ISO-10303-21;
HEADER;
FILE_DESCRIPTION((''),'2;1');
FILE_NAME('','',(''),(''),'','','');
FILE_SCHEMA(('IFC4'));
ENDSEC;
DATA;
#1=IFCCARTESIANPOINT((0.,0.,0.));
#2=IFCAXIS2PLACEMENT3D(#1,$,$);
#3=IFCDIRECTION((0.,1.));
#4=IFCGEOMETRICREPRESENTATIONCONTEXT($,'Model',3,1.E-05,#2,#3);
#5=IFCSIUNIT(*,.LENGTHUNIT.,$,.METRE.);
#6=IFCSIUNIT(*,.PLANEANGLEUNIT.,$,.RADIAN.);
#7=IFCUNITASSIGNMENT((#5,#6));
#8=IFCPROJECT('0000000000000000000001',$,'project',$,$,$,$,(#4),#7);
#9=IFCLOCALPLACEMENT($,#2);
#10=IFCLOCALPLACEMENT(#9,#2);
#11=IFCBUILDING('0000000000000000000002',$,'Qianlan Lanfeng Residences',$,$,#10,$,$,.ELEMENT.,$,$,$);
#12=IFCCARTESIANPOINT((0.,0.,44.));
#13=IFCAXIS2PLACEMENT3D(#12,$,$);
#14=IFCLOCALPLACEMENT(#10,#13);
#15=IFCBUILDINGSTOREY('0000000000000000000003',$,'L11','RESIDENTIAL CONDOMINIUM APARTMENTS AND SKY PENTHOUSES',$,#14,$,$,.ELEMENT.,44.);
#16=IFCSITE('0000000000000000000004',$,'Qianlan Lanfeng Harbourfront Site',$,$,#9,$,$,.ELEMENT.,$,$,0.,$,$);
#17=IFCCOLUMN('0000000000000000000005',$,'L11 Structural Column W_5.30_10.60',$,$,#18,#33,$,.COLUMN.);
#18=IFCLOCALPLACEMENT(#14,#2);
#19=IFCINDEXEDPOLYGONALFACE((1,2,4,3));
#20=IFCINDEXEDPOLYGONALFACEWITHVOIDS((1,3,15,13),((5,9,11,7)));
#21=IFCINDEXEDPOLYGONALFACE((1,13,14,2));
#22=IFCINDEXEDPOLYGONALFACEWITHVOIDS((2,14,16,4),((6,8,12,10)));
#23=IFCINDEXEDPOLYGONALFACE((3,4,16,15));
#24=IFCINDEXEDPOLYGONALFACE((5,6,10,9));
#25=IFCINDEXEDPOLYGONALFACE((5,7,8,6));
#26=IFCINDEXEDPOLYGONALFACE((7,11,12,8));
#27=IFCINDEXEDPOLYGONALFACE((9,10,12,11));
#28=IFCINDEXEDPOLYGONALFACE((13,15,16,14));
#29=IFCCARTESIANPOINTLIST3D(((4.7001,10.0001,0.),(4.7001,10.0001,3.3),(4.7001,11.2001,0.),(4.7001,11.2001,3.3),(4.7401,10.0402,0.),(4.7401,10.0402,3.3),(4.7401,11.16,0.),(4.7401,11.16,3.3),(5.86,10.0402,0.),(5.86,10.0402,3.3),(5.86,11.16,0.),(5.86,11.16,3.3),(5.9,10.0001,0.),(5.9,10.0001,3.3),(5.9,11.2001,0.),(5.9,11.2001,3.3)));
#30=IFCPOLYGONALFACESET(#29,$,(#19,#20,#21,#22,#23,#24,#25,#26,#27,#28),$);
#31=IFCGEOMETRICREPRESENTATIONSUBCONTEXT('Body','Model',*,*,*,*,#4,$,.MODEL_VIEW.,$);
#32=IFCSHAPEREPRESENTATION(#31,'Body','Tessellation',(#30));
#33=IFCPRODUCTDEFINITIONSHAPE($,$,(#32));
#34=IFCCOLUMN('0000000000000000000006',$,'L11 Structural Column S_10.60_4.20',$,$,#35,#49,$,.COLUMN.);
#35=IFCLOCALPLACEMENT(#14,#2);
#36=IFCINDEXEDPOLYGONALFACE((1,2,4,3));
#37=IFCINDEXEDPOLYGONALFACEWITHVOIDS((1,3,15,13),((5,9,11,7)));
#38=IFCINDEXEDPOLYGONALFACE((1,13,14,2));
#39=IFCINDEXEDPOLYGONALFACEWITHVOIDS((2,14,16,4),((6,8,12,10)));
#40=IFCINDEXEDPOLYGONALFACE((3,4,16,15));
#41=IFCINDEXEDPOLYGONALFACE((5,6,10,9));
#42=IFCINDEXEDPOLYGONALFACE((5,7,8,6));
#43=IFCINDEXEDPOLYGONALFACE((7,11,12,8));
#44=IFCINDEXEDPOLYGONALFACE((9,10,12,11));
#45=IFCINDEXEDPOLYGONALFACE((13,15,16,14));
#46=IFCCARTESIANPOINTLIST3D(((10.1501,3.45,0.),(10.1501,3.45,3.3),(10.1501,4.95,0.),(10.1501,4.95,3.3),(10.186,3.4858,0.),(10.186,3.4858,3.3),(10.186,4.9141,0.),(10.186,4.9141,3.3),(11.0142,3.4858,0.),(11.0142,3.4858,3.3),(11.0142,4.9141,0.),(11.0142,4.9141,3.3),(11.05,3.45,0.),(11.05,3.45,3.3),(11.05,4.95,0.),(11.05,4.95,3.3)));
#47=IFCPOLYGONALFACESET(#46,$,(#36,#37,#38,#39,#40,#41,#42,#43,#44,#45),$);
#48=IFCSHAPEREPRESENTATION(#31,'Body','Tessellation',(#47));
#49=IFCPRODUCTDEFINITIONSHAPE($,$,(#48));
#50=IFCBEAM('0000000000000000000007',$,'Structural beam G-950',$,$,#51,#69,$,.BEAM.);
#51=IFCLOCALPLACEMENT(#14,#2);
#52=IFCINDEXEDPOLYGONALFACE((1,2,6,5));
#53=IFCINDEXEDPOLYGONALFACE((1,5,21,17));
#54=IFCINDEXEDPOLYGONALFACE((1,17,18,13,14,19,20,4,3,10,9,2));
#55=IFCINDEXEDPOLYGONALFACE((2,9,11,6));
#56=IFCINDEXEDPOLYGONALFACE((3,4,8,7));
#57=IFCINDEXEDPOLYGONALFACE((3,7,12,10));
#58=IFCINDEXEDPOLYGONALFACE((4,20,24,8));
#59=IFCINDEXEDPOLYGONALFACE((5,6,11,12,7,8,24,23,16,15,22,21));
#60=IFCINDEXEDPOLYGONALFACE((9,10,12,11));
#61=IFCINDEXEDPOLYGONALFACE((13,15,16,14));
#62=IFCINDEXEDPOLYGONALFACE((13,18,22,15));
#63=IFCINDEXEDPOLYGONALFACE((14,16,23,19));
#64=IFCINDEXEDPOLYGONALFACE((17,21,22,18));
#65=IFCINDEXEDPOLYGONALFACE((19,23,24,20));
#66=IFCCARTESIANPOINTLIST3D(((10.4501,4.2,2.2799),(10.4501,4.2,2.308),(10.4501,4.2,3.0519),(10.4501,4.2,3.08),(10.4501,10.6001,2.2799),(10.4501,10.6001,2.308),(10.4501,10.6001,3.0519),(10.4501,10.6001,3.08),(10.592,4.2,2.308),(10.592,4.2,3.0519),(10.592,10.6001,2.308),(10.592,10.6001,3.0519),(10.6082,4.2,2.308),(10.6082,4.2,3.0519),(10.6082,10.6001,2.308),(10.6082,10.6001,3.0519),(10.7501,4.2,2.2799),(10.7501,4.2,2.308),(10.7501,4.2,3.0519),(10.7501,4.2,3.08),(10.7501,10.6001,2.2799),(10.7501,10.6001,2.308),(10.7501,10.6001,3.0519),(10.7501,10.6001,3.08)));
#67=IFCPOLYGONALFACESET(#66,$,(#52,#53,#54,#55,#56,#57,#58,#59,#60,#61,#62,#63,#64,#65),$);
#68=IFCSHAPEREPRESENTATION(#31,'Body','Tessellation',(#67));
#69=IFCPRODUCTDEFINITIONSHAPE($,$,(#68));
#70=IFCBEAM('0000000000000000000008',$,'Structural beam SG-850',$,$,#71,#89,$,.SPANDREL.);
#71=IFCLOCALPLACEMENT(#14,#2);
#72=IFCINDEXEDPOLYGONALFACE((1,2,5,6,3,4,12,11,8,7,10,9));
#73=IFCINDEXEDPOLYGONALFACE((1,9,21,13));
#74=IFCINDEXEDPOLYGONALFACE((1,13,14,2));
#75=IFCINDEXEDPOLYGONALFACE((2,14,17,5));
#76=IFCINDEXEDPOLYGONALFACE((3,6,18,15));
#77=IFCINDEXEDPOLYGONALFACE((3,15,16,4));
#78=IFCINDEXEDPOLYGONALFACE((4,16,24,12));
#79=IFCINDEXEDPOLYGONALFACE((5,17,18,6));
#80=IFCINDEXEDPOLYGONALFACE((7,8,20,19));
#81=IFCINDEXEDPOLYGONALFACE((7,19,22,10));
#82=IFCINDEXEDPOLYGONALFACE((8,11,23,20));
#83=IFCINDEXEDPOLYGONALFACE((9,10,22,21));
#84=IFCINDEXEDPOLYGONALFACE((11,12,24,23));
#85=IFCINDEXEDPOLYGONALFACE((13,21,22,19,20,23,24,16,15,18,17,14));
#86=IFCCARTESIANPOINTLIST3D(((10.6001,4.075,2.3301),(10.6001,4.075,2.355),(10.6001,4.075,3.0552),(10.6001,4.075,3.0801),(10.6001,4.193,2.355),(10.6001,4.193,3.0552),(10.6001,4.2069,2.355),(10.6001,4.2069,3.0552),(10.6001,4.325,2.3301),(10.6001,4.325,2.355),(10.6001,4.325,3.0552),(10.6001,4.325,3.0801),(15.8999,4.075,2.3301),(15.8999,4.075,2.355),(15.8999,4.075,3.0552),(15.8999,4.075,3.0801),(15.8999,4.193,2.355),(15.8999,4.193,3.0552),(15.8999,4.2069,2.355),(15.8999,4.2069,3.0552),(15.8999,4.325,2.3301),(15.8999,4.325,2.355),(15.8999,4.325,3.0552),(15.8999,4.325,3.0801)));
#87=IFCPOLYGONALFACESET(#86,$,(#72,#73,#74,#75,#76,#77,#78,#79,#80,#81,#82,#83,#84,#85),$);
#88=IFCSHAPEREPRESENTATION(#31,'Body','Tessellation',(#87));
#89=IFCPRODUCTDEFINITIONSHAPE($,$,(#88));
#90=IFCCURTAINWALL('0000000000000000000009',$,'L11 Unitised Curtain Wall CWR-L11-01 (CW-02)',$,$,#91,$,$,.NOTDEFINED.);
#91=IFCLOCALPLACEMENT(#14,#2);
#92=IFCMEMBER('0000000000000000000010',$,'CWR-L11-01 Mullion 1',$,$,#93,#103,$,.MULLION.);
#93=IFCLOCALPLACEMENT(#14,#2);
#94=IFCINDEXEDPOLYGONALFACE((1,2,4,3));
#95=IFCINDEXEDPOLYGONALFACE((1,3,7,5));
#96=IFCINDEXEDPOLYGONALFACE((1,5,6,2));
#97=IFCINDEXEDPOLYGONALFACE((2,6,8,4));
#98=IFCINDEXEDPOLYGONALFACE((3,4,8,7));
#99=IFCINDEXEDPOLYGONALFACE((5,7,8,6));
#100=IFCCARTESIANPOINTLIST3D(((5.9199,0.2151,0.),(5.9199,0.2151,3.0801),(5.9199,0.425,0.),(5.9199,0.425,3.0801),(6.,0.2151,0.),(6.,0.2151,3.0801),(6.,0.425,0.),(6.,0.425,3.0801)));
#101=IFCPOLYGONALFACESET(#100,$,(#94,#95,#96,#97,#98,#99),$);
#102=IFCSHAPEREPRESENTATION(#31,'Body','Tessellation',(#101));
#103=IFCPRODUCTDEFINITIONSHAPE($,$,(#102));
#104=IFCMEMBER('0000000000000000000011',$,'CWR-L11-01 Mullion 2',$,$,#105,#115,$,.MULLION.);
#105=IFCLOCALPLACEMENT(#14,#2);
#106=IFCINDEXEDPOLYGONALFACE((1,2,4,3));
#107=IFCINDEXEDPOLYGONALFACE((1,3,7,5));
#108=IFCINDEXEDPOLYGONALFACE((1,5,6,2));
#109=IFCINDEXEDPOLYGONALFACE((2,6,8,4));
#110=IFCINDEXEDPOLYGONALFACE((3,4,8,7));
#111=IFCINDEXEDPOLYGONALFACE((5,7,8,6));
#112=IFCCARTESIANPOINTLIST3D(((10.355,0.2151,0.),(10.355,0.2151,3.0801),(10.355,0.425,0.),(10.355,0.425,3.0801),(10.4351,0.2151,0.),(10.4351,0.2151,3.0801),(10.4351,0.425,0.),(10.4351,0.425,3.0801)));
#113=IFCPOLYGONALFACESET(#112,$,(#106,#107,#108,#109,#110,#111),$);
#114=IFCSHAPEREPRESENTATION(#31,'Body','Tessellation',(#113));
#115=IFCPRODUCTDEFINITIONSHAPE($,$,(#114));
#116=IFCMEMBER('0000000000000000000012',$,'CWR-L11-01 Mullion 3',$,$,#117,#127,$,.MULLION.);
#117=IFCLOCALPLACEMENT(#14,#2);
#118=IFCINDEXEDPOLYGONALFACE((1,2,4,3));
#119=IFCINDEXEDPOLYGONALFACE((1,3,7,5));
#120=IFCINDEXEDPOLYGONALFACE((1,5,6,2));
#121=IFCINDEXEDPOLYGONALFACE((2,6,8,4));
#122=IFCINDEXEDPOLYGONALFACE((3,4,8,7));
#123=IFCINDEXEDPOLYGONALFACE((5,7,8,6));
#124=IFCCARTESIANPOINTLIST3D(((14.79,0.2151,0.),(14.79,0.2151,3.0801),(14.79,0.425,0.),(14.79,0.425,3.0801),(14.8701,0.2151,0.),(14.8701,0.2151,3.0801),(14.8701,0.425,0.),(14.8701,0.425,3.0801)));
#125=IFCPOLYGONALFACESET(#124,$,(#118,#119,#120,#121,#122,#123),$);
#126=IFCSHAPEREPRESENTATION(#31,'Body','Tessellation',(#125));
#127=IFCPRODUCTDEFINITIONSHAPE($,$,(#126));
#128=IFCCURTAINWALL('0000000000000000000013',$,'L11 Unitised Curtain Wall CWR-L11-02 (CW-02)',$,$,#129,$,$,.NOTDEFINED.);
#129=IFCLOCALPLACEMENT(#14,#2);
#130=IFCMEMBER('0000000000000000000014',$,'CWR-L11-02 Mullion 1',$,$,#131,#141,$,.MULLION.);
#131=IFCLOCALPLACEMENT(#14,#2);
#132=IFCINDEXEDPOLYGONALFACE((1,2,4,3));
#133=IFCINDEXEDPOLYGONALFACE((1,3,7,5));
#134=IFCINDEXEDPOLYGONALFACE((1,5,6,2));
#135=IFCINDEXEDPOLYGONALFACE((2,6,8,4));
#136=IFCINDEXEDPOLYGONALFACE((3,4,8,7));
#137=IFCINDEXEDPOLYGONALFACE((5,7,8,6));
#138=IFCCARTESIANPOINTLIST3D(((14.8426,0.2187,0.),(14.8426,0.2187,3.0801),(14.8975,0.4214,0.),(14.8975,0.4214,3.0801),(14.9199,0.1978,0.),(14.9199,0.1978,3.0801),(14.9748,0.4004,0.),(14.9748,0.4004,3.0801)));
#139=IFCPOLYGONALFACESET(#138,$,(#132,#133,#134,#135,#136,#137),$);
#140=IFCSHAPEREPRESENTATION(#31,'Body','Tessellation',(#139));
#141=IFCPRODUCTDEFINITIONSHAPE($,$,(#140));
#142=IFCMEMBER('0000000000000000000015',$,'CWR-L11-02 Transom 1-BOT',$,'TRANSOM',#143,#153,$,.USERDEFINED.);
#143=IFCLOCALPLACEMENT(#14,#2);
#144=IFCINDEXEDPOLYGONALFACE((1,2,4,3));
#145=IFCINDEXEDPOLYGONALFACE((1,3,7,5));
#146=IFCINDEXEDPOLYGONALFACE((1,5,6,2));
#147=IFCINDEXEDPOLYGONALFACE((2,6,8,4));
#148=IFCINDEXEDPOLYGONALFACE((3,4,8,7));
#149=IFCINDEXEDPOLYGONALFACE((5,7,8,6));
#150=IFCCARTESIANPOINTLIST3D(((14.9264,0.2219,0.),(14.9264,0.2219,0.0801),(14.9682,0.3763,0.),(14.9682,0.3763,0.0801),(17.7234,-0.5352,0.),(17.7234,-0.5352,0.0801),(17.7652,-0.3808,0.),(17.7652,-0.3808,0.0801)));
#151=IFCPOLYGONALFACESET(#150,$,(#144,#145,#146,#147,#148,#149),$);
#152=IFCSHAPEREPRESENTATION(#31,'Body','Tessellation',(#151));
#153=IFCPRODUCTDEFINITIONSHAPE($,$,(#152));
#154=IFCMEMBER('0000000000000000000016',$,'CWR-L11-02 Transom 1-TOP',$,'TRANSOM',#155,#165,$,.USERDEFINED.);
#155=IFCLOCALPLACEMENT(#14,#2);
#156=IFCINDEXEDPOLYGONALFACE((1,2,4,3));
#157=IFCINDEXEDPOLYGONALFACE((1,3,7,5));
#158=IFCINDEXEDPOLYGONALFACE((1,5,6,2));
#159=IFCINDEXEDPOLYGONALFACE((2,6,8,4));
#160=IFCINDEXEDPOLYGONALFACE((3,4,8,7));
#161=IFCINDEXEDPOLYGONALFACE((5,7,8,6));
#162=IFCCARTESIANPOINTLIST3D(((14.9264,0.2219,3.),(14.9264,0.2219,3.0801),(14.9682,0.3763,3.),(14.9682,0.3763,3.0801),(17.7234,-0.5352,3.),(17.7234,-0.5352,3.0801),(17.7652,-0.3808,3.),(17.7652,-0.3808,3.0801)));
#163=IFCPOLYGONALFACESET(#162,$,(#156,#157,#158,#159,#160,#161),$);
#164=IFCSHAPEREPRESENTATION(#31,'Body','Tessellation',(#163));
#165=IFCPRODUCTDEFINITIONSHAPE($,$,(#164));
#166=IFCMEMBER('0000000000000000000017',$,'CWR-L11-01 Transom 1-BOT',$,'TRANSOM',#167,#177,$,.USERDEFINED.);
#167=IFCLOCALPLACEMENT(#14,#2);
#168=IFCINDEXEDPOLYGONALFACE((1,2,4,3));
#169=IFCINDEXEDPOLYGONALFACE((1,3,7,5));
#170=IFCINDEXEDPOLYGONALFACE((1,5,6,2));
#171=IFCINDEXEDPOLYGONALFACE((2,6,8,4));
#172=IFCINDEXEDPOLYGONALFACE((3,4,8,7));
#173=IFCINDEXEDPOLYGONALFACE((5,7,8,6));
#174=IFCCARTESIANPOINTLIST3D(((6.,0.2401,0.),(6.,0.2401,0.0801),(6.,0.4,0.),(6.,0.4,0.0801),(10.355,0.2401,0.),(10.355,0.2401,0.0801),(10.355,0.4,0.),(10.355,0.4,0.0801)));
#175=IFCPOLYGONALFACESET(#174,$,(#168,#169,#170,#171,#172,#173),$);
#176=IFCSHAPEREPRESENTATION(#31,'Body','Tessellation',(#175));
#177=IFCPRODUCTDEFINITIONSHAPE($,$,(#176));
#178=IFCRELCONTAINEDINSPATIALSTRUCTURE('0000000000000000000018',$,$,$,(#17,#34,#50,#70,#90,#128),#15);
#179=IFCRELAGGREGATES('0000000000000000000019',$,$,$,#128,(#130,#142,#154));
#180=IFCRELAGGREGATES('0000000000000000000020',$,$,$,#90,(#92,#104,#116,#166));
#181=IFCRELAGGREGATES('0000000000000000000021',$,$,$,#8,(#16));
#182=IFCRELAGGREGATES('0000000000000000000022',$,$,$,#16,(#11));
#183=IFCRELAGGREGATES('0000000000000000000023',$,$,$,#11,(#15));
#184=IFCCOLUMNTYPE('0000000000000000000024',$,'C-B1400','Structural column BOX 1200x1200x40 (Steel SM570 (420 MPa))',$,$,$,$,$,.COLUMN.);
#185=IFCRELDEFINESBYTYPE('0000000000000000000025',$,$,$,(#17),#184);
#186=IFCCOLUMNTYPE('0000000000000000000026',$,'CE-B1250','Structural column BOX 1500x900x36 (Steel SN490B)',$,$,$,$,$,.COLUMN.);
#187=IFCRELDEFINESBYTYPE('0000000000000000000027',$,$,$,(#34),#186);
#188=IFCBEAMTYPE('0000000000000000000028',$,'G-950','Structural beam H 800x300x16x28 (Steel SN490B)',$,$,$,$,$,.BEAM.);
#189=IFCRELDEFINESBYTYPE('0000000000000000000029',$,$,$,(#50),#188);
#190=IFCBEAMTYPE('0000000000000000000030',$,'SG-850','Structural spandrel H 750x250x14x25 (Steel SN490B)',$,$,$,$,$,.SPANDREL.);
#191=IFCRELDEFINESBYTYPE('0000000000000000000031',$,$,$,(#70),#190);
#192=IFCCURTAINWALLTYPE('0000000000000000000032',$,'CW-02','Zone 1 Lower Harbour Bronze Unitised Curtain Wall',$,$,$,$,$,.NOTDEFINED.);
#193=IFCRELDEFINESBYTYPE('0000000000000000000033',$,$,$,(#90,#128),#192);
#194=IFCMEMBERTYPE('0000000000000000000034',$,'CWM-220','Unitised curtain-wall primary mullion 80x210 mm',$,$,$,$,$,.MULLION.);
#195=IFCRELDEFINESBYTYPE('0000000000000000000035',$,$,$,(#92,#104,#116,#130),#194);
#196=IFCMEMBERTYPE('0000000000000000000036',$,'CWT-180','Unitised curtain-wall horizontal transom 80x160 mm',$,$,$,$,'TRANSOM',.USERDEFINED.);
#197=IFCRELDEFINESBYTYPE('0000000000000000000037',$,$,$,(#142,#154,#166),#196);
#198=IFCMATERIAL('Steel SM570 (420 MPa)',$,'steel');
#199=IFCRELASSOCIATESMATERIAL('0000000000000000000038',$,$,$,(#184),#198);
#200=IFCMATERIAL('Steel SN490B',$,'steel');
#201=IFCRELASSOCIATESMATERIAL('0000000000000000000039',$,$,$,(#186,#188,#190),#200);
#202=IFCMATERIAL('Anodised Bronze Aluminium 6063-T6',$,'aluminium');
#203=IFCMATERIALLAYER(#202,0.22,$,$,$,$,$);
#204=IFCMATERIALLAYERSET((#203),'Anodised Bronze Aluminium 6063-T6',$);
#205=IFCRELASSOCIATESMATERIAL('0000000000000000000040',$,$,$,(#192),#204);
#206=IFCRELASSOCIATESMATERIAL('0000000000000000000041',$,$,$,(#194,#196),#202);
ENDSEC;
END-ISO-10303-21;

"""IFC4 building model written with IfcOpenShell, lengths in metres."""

from ifc_helpers import new_model, si_unit, direction, frame, origin, origin_2d, place, context, subcontext, project, spatial, rectangle, hollow_rectangle, i_section, extrude, source, transform, mapped, material, layer, layer_set, material_profile, profile_set, type_object, element, aggregate, save


model = new_model("IFC4")

# Units and contexts
model_context = context("Model", 3, precision=1e-05, world=origin(), true_north=direction((0.0, 1.0)))
body_context = subcontext(model_context, "Body", "Model", "MODEL_VIEW")
ifc_project = project(units=[si_unit("LENGTHUNIT", "METRE"), si_unit("PLANEANGLEUNIT", "RADIAN")], contexts=[model_context])

# Site, building, storey
site_placement = place(None, origin())
site = spatial("IfcSite", under=ifc_project, at=site_placement, Name="Qianlan Lanfeng Harbourfront Site", CompositionType="ELEMENT", RefElevation=0.0)
building_placement = place(site_placement, origin())
building = spatial("IfcBuilding", under=site, at=building_placement, Name="Qianlan Lanfeng Residences", CompositionType="ELEMENT")
storey_placement = place(building_placement, frame((0.0, 0.0, 44.0)))
storey = spatial("IfcBuildingStorey", under=building, at=storey_placement, Name="L11", Description="RESIDENTIAL CONDOMINIUM APARTMENTS AND SKY PENTHOUSES", CompositionType="ELEMENT", Elevation=44.0)

# Columns
ifc_material_1 = material(Name="Steel SM570 (420 MPa)", Category="steel")
ifc_material_profile_1 = material_profile(ifc_material_1, hollow_rectangle(XDim=1.2, YDim=1.2, WallThickness=0.04, at=origin_2d()), Name="BOX 1200x1200x40")
ifc_profile_set_1 = profile_set([ifc_material_profile_1], Name="Steel SM570 (420 MPa)")
column_type_1 = type_object("IfcColumnType", Name="C-B1400", Description="Structural column BOX 1200x1200x40 (Steel SM570 (420 MPa))", PredefinedType="COLUMN", material=ifc_profile_set_1)
column_1_placement = place(storey_placement, frame((5.3, 10.6001, 0.0), z_axis=(0.0, 0.0, 1.0), x_axis=(1.0, 0.0, 0.0)))
element("IfcColumn", 1, at=column_1_placement, inside=storey, type_object=column_type_1, Name="L11 Structural Column W_5.30_10.60", PredefinedType="COLUMN", context=body_context, shape_type="SweptSolid", body=[
    extrude(hollow_rectangle(XDim=1.2, YDim=1.2, WallThickness=0.04, at=origin_2d()), origin(), (0.0, 0.0, 1.0), 3.3),
])
ifc_material_2 = material(Name="Steel SN490B", Category="steel")
ifc_material_profile_2 = material_profile(ifc_material_2, hollow_rectangle(XDim=0.8999, YDim=1.5, WallThickness=0.0359, at=origin_2d()), Name="BOX 1500x900x36")
ifc_profile_set_2 = profile_set([ifc_material_profile_2], Name="Steel SN490B")
column_type_2 = type_object("IfcColumnType", Name="CE-B1250", Description="Structural column BOX 1500x900x36 (Steel SN490B)", PredefinedType="COLUMN", material=ifc_profile_set_2)
column_2_placement = place(storey_placement, frame((10.6001, 4.2, 0.0), z_axis=(0.0, 0.0, 1.0), x_axis=(1.0, 0.0, 0.0)))
element("IfcColumn", 2, at=column_2_placement, inside=storey, type_object=column_type_2, Name="L11 Structural Column S_10.60_4.20", PredefinedType="COLUMN", context=body_context, shape_type="SweptSolid", body=[
    extrude(hollow_rectangle(XDim=0.8999, YDim=1.5, WallThickness=0.0359, at=origin_2d()), origin(), (0.0, 0.0, 1.0), 3.3),
])

# Beams
ifc_material_profile_3 = material_profile(ifc_material_2, i_section(OverallWidth=0.3, OverallDepth=0.8, WebThickness=0.0161, FlangeThickness=0.0281, at=origin_2d()), Name="H 800x300x16x28")
ifc_profile_set_3 = profile_set([ifc_material_profile_3], Name="Steel SN490B")
beam_type_1 = type_object("IfcBeamType", Name="G-950", Description="Structural beam H 800x300x16x28 (Steel SN490B)", PredefinedType="BEAM", material=ifc_profile_set_3)
beam_1_placement = place(storey_placement, frame((10.6001, 4.2, 2.6799), z_axis=(0.0, 1.0, 0.0), x_axis=(-1.0, 0.0, 0.0)))
element("IfcBeam", 3, at=beam_1_placement, inside=storey, type_object=beam_type_1, Name="Structural beam G-950", PredefinedType="BEAM", context=body_context, shape_type="SweptSolid", body=[
    extrude(i_section(OverallWidth=0.3, OverallDepth=0.8, WebThickness=0.0161, FlangeThickness=0.0281, at=origin_2d()), origin(), (0.0, 0.0, 1.0), 6.4001),
])
ifc_material_profile_4 = material_profile(ifc_material_2, i_section(OverallWidth=0.25, OverallDepth=0.75, WebThickness=0.0139, FlangeThickness=0.0249, at=origin_2d()), Name="H 750x250x14x25")
ifc_profile_set_4 = profile_set([ifc_material_profile_4], Name="Steel SN490B")
beam_type_2 = type_object("IfcBeamType", Name="SG-850", Description="Structural spandrel H 750x250x14x25 (Steel SN490B)", PredefinedType="SPANDREL", material=ifc_profile_set_4)
beam_2_placement = place(storey_placement, frame((10.6001, 4.2, 2.7051), z_axis=(1.0, 0.0, 0.0), x_axis=(0.0, 1.0, 0.0)))
element("IfcBeam", 4, at=beam_2_placement, inside=storey, type_object=beam_type_2, Name="Structural beam SG-850", PredefinedType="SPANDREL", context=body_context, shape_type="SweptSolid", body=[
    extrude(i_section(OverallWidth=0.25, OverallDepth=0.75, WebThickness=0.0139, FlangeThickness=0.0249, at=origin_2d()), origin(), (0.0, 0.0, 1.0), 5.2998),
])

# Curtain walls, members
ifc_material_3 = material(Name="Anodised Bronze Aluminium 6063-T6", Category="aluminium")
ifc_layer_1 = layer(ifc_material_3, 0.22)
ifc_layer_set_1 = layer_set([ifc_layer_1], Name="Anodised Bronze Aluminium 6063-T6")
curtain_wall_type = type_object("IfcCurtainWallType", Name="CW-02", Description="Zone 1 Lower Harbour Bronze Unitised Curtain Wall", PredefinedType="NOTDEFINED", material=ifc_layer_set_1)
curtain_wall_1_placement = place(storey_placement, origin())
curtain_wall_1 = element("IfcCurtainWall", 5, at=curtain_wall_1_placement, inside=storey, type_object=curtain_wall_type, Name="L11 Unitised Curtain Wall CWR-L11-01 (CW-02)", PredefinedType="NOTDEFINED")
ifc_material_profile_5 = material_profile(ifc_material_3, rectangle(XDim=0.0801, YDim=0.21, at=origin_2d()), Name="ALU MULLION 80x210")
ifc_profile_set_5 = profile_set([ifc_material_profile_5], Name="Anodised Bronze Aluminium 6063-T6")
member_type_1 = type_object("IfcMemberType", Name="CWM-220", Description="Unitised curtain-wall primary mullion 80x210 mm", PredefinedType="MULLION", material=ifc_profile_set_5)
shared_shape_1 = source(origin(), body_context, "Body", "SweptSolid", [
    extrude(rectangle(XDim=0.0801, YDim=0.21, at=origin_2d()), origin(), (0.0, 0.0, 1.0), 3.0801),
])
member_1_placement = place(storey_placement, frame((5.96, 0.3201, 0.0), z_axis=(0.0, 0.0, 1.0), x_axis=(1.0, 0.0, 0.0)))
member_1 = element("IfcMember", 6, at=member_1_placement, type_object=member_type_1, Name="CWR-L11-01 Mullion 1", PredefinedType="MULLION", context=body_context, shape_type="MappedRepresentation", body=[
    mapped(shared_shape_1, transform((0.0, 0.0, 0.0), scale=1.0)),
])
member_2_placement = place(storey_placement, frame((10.395, 0.3201, 0.0), z_axis=(0.0, 0.0, 1.0), x_axis=(1.0, 0.0, 0.0)))
member_2 = element("IfcMember", 7, at=member_2_placement, type_object=member_type_1, Name="CWR-L11-01 Mullion 2", PredefinedType="MULLION", context=body_context, shape_type="MappedRepresentation", body=[
    mapped(shared_shape_1, transform((0.0, 0.0, 0.0), scale=1.0)),
])
member_3_placement = place(storey_placement, frame((14.8301, 0.3201, 0.0), z_axis=(0.0, 0.0, 1.0), x_axis=(1.0, 0.0, 0.0)))
member_3 = element("IfcMember", 8, at=member_3_placement, type_object=member_type_1, Name="CWR-L11-01 Mullion 3", PredefinedType="MULLION", context=body_context, shape_type="MappedRepresentation", body=[
    mapped(shared_shape_1, transform((0.0, 0.0, 0.0), scale=1.0)),
])
curtain_wall_2_placement = place(storey_placement, origin())
curtain_wall_2 = element("IfcCurtainWall", 9, at=curtain_wall_2_placement, inside=storey, type_object=curtain_wall_type, Name="L11 Unitised Curtain Wall CWR-L11-02 (CW-02)", PredefinedType="NOTDEFINED")
member_4_placement = place(storey_placement, frame((14.9087, 0.3096, 0.0), z_axis=(0.0, 0.0, 1.0), x_axis=(0.965263, -0.261281, 0.0)))
member_4 = element("IfcMember", 10, at=member_4_placement, type_object=member_type_1, Name="CWR-L11-02 Mullion 1", PredefinedType="MULLION", context=body_context, shape_type="MappedRepresentation", body=[
    mapped(shared_shape_1, transform((0.0, 0.0, 0.0), scale=1.0)),
])
ifc_material_profile_6 = material_profile(ifc_material_3, rectangle(XDim=0.0801, YDim=0.1599, at=origin_2d()), Name="ALU TRANSOM 80x160")
ifc_profile_set_6 = profile_set([ifc_material_profile_6], Name="Anodised Bronze Aluminium 6063-T6")
member_type_2 = type_object("IfcMemberType", Name="CWT-180", Description="Unitised curtain-wall horizontal transom 80x160 mm", ElementType="TRANSOM", PredefinedType="USERDEFINED", material=ifc_profile_set_6)
shared_shape_2 = source(origin(), body_context, "Body", "SweptSolid", [
    extrude(rectangle(XDim=0.0801, YDim=0.1599, at=origin_2d()), origin(), (0.0, 0.0, 1.0), 2.8977),
])
member_5_placement = place(storey_placement, frame((14.9473, 0.2991, 0.04), z_axis=(0.965268, -0.261263, 0.0), x_axis=(0.0, 0.0, 1.0)))
member_5 = element("IfcMember", 11, at=member_5_placement, type_object=member_type_2, Name="CWR-L11-02 Transom 1-BOT", ObjectType="TRANSOM", PredefinedType="USERDEFINED", context=body_context, shape_type="MappedRepresentation", body=[
    mapped(shared_shape_2, transform((0.0, 0.0, 0.0), scale=1.0)),
])
member_6_placement = place(storey_placement, frame((14.9473, 0.2991, 3.04), z_axis=(0.965268, -0.261263, 0.0), x_axis=(0.0, 0.0, 1.0)))
member_6 = element("IfcMember", 12, at=member_6_placement, type_object=member_type_2, Name="CWR-L11-02 Transom 1-TOP", ObjectType="TRANSOM", PredefinedType="USERDEFINED", context=body_context, shape_type="MappedRepresentation", body=[
    mapped(shared_shape_2, transform((0.0, 0.0, 0.0), scale=1.0)),
])
aggregate(curtain_wall_2, [member_4, member_5, member_6])

# Member
shared_shape_3 = source(origin(), body_context, "Body", "SweptSolid", [
    extrude(rectangle(XDim=0.0801, YDim=0.1599, at=origin_2d()), origin(), (0.0, 0.0, 1.0), 4.355),
])
member_7_placement = place(storey_placement, frame((6.0, 0.3201, 0.04), z_axis=(1.0, 0.0, 0.0), x_axis=(0.0, 0.0, 1.0)))
member_7 = element("IfcMember", 13, at=member_7_placement, type_object=member_type_2, Name="CWR-L11-01 Transom 1-BOT", ObjectType="TRANSOM", PredefinedType="USERDEFINED", context=body_context, shape_type="MappedRepresentation", body=[
    mapped(shared_shape_3, transform((0.0, 0.0, 0.0), scale=1.0)),
])

aggregate(curtain_wall_1, [member_1, member_2, member_3, member_7])

save(model, "model.ifc")
